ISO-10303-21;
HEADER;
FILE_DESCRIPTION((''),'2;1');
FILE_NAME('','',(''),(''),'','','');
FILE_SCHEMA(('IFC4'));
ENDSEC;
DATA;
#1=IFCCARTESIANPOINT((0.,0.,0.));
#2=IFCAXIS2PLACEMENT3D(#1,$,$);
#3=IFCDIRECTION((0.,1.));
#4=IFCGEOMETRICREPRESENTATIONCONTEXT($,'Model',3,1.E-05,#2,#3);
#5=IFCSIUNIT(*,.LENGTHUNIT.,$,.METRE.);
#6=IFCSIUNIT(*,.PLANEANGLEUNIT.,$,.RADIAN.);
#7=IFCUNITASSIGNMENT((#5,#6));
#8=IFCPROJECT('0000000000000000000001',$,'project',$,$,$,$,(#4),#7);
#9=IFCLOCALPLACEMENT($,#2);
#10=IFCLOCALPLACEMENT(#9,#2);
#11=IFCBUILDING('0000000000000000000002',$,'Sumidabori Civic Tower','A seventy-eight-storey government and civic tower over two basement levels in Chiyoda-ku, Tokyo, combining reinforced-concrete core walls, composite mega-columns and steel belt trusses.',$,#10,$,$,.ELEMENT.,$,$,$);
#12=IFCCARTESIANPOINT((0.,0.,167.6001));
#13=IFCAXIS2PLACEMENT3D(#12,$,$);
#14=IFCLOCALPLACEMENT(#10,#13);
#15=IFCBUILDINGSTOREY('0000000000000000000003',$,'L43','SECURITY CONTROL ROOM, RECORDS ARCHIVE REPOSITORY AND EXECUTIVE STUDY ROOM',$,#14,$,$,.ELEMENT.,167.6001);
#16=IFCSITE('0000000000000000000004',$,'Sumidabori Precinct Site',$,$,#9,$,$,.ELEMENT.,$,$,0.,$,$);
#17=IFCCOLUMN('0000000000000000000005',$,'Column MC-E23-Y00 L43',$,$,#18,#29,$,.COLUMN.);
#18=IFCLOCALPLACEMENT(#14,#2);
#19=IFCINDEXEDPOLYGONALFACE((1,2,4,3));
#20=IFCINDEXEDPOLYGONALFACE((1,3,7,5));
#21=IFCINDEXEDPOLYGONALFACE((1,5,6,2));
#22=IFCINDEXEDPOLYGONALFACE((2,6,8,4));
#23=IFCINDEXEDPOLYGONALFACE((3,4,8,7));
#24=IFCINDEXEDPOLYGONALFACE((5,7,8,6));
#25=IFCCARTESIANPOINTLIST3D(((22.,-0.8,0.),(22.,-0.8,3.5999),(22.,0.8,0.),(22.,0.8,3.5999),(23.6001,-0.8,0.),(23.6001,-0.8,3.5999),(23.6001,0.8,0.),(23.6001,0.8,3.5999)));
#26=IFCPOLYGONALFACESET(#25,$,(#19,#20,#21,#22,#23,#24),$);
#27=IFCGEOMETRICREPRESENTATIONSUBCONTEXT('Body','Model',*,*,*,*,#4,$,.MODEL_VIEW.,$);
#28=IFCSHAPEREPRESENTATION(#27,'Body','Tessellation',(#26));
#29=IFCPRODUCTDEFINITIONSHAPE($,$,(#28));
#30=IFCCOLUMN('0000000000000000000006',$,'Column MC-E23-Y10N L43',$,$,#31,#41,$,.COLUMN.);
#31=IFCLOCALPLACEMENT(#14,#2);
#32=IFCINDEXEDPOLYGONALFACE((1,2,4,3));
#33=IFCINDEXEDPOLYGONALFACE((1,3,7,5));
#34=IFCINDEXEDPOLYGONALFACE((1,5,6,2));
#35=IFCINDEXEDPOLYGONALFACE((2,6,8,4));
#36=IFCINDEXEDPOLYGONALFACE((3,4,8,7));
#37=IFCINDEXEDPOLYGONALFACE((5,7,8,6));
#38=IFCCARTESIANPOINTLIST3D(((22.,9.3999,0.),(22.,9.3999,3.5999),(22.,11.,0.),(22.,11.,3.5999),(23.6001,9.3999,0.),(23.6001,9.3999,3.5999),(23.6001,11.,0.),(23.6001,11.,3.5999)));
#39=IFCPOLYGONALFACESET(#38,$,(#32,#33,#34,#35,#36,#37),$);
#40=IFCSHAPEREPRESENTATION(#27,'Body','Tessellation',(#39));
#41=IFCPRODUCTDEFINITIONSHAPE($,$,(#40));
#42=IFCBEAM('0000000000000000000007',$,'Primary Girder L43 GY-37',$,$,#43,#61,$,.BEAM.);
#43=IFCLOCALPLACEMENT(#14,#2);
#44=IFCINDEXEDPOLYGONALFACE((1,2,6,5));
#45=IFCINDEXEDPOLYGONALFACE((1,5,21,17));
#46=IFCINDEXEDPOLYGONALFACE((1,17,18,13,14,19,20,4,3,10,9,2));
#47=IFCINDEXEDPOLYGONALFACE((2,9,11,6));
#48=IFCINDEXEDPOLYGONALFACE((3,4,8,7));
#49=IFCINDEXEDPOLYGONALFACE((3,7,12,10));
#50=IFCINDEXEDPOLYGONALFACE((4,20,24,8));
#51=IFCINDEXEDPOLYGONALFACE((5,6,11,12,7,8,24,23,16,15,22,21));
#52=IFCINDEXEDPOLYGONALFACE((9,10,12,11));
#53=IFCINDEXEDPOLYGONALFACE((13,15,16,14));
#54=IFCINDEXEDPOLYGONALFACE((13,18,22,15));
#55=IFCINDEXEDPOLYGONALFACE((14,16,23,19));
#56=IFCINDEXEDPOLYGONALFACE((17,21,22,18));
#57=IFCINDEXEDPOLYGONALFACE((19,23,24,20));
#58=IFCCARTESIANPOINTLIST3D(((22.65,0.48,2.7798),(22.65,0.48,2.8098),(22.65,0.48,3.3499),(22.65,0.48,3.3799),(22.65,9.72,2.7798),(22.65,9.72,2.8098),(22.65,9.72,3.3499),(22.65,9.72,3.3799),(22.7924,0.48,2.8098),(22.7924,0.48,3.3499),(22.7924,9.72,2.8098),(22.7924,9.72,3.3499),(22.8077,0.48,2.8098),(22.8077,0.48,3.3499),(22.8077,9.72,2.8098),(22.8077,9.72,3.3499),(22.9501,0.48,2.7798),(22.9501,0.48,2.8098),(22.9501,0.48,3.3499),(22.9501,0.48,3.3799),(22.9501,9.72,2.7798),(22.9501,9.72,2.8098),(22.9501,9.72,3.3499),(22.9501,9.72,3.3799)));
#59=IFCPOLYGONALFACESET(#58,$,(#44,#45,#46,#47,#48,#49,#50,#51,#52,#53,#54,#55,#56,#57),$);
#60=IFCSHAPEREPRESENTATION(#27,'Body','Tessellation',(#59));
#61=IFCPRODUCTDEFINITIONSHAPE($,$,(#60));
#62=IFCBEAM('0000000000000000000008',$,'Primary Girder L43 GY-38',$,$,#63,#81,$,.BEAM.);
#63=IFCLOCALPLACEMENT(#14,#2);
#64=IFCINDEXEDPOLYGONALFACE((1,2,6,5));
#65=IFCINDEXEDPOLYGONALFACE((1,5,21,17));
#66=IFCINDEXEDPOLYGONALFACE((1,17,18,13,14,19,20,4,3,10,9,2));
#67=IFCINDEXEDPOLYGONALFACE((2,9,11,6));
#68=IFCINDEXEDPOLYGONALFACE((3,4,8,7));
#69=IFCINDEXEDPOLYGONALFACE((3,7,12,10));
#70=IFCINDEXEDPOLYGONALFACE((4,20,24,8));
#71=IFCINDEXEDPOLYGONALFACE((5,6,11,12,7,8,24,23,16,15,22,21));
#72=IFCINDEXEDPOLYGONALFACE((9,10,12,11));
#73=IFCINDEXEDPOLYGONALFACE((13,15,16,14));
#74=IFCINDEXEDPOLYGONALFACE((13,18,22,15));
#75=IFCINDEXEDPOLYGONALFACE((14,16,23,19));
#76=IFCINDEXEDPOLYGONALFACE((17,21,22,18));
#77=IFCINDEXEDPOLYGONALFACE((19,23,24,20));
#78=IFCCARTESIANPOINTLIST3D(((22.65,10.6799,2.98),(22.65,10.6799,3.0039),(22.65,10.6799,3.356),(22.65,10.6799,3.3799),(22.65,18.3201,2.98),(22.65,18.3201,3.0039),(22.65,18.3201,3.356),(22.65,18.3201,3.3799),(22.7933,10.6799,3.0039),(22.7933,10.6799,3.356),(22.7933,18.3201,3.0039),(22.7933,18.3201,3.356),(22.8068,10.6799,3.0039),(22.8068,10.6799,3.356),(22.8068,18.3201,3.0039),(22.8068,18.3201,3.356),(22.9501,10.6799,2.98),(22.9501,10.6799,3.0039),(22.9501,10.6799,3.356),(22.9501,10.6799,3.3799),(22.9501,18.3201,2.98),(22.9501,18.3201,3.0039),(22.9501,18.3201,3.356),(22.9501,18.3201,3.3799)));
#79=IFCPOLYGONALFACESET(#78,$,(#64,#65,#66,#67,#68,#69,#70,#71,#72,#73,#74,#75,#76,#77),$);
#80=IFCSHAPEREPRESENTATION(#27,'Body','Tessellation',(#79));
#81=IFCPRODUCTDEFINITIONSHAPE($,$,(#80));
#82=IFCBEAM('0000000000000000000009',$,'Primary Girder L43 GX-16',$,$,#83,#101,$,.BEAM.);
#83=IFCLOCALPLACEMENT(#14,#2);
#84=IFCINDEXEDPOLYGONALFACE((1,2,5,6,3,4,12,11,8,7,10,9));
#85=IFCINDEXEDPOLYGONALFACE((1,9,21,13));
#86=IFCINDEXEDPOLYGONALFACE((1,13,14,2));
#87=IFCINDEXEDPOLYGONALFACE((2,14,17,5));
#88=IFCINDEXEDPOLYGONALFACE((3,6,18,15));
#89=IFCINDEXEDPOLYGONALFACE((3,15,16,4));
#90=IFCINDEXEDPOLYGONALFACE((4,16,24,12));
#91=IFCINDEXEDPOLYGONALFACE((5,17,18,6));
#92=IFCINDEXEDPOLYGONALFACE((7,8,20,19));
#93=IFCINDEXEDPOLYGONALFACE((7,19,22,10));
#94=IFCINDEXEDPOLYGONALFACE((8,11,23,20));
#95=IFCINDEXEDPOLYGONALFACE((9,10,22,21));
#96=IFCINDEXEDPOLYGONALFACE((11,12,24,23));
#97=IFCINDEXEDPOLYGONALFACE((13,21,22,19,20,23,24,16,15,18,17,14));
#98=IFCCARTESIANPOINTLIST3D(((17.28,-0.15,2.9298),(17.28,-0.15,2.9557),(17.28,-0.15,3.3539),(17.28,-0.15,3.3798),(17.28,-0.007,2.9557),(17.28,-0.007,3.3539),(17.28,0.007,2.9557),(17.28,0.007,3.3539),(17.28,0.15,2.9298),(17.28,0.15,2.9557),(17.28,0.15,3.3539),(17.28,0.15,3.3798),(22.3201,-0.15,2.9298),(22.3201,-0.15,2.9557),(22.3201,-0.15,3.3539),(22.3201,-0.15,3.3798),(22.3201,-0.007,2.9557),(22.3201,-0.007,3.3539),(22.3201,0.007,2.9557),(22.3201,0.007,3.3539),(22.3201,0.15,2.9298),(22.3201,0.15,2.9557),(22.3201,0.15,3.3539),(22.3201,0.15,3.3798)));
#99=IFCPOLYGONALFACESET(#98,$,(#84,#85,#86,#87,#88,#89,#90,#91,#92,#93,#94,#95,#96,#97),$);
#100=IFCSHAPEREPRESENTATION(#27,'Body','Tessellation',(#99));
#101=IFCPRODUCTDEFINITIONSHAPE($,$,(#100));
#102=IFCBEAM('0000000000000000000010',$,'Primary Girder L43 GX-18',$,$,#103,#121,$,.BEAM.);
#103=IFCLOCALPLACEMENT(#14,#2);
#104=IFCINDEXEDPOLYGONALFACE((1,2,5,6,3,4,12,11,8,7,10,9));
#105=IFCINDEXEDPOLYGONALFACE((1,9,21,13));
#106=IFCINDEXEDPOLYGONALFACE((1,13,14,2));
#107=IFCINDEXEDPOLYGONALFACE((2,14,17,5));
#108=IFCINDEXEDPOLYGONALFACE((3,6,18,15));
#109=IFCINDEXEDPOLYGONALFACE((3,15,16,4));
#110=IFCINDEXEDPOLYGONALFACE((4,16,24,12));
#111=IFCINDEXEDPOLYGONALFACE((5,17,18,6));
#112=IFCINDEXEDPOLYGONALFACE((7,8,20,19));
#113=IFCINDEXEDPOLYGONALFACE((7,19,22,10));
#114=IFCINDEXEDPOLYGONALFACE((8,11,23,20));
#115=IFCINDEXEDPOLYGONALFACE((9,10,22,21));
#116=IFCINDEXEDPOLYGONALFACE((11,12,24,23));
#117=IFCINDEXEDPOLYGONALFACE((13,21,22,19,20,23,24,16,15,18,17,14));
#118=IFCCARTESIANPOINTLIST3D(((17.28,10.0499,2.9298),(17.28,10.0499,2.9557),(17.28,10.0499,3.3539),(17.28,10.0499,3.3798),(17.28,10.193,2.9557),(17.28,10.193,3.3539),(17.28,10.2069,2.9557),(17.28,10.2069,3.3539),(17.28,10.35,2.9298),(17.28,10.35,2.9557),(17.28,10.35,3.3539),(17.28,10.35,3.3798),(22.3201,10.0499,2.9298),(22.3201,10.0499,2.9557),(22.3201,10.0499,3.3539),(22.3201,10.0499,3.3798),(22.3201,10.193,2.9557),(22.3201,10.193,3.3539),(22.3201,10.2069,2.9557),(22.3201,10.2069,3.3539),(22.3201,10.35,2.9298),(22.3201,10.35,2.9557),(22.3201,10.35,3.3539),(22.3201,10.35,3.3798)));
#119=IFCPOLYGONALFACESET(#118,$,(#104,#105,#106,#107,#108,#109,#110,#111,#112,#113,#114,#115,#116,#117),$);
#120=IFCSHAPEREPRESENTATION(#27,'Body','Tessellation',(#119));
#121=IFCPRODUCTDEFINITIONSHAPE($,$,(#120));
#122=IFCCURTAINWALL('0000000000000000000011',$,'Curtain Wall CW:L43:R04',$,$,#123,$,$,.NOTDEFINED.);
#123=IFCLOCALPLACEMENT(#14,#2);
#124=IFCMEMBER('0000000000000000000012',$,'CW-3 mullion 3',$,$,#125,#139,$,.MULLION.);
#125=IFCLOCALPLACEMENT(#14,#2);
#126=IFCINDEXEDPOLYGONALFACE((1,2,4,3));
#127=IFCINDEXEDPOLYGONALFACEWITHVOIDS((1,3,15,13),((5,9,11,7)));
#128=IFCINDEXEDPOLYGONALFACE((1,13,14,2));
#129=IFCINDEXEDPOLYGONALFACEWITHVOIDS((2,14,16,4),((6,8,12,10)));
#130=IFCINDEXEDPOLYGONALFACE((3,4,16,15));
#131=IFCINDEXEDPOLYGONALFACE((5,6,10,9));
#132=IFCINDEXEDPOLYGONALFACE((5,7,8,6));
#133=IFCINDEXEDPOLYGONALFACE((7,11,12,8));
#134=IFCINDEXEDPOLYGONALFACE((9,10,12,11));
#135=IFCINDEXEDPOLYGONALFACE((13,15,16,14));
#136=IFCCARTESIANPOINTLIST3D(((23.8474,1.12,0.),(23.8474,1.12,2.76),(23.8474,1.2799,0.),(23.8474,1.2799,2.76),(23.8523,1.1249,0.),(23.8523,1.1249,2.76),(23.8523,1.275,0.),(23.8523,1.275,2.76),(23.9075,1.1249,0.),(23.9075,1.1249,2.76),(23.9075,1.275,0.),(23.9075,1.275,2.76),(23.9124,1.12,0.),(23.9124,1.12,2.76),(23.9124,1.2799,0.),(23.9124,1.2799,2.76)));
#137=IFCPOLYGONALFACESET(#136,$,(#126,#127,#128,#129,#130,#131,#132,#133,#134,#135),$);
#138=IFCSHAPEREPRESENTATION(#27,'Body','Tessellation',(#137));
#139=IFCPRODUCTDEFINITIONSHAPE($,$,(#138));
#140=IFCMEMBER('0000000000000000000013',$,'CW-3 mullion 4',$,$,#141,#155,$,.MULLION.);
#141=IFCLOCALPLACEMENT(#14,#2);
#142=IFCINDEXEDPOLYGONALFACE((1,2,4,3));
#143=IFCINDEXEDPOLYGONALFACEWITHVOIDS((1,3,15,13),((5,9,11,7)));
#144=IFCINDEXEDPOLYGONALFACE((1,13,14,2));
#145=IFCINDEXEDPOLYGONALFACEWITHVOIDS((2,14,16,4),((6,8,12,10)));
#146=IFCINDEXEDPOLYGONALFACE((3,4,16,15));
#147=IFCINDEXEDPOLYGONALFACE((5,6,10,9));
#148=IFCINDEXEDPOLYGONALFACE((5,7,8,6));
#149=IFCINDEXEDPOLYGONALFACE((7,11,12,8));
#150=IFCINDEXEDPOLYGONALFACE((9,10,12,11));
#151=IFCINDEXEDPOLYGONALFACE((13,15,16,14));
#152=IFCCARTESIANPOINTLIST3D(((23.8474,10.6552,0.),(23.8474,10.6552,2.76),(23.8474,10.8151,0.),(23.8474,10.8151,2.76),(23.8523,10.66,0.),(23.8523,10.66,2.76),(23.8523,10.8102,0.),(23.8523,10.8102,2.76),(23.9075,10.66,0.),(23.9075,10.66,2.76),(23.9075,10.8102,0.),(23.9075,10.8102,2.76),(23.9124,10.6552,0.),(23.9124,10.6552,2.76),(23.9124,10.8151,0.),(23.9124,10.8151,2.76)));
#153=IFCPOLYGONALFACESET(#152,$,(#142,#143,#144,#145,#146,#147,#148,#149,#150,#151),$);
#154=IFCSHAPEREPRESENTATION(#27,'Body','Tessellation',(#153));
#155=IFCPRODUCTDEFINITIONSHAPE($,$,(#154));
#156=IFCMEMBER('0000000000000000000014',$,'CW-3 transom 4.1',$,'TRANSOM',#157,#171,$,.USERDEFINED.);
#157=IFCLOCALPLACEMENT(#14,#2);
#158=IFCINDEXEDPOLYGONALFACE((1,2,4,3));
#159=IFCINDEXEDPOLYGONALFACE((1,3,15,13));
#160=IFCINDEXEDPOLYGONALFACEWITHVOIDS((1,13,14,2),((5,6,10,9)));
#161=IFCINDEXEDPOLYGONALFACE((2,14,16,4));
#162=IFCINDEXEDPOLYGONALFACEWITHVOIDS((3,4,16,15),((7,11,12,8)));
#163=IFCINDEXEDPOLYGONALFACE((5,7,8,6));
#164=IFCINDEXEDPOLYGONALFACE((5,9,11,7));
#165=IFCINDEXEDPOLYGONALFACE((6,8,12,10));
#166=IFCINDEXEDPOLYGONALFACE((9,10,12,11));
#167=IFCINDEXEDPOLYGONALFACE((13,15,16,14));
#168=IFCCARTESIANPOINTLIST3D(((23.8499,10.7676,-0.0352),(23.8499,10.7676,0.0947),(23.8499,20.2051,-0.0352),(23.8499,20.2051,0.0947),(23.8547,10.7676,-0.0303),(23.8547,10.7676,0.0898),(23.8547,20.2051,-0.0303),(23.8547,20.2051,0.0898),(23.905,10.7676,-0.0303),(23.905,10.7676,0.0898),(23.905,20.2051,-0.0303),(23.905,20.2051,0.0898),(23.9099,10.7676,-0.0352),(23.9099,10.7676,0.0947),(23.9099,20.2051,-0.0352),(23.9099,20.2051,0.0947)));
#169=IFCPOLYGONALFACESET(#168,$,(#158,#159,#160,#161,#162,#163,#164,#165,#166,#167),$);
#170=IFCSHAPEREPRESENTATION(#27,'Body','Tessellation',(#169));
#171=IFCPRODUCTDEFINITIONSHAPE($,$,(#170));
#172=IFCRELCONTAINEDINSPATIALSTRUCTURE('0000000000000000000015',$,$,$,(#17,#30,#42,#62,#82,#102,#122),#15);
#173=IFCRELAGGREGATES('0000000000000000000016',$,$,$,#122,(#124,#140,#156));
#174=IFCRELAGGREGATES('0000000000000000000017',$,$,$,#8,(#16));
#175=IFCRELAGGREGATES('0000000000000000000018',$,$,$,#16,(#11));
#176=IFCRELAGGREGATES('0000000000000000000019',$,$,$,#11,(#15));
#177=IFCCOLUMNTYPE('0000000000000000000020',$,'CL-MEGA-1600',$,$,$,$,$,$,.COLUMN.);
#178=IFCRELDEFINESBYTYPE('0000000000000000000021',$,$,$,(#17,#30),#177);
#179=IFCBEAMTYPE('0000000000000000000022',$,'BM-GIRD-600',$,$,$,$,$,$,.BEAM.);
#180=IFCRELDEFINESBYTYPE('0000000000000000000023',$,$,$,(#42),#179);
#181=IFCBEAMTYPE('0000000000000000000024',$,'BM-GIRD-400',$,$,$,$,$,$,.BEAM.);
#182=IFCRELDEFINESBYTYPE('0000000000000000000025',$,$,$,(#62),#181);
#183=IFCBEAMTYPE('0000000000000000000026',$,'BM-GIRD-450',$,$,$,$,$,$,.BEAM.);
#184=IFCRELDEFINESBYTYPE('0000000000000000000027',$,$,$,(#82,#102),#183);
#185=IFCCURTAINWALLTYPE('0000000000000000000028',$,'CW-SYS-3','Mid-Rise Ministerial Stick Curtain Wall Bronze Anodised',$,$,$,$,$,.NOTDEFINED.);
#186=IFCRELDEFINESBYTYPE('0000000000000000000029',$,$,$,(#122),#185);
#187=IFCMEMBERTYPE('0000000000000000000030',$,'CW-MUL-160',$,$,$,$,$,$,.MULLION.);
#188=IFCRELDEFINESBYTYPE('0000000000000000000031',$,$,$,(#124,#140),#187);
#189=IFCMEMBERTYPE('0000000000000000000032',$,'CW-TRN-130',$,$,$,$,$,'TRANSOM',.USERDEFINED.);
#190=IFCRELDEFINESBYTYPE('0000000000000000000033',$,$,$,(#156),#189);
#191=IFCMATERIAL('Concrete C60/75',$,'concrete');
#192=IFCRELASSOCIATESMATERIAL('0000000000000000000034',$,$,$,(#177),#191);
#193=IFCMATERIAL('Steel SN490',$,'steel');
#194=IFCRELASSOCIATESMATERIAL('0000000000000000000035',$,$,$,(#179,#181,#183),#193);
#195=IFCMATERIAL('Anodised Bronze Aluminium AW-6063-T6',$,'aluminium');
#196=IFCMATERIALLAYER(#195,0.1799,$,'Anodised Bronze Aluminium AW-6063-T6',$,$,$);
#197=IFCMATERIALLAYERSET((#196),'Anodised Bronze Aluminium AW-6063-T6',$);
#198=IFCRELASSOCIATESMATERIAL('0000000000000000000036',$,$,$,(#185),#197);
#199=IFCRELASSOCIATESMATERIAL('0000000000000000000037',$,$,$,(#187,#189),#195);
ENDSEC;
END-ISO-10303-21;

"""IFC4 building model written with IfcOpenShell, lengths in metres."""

from ifc_helpers import new_model, si_unit, direction, frame, origin, origin_2d, place, context, subcontext, project, spatial, rectangle, hollow_rectangle, i_section, extrude, source, transform, mapped, material, layer, layer_set, material_profile, profile_set, type_object, element, aggregate, save


model = new_model("IFC4")

# Units and contexts
model_context = context("Model", 3, precision=1e-05, world=origin(), true_north=direction((0.0, 1.0)))
body_context = subcontext(model_context, "Body", "Model", "MODEL_VIEW")
ifc_project = project(units=[si_unit("LENGTHUNIT", "METRE"), si_unit("PLANEANGLEUNIT", "RADIAN")], contexts=[model_context])

# Site, building, storey
site_placement = place(None, origin())
site = spatial("IfcSite", under=ifc_project, at=site_placement, Name="Sumidabori Precinct Site", CompositionType="ELEMENT", RefElevation=0.0)
building_placement = place(site_placement, origin())
building = spatial("IfcBuilding", under=site, at=building_placement, Name="Sumidabori Civic Tower", Description="A seventy-eight-storey government and civic tower over two basement levels in Chiyoda-ku, Tokyo, combining reinforced-concrete core walls, composite mega-columns and steel belt trusses.", CompositionType="ELEMENT")
storey_placement = place(building_placement, frame((0.0, 0.0, 167.6001)))
storey = spatial("IfcBuildingStorey", under=building, at=storey_placement, Name="L43", Description="SECURITY CONTROL ROOM, RECORDS ARCHIVE REPOSITORY AND EXECUTIVE STUDY ROOM", CompositionType="ELEMENT", Elevation=167.6001)

# Columns
ifc_material_1 = material(Name="Concrete C60/75", Category="concrete")
ifc_material_profile_1 = material_profile(ifc_material_1, rectangle(XDim=1.6001, YDim=1.6001, at=origin_2d()), Name="RC 1600x1600")
ifc_profile_set_1 = profile_set([ifc_material_profile_1], Name="Concrete C60/75")
column_type = type_object("IfcColumnType", Name="CL-MEGA-1600", PredefinedType="COLUMN", material=ifc_profile_set_1)
shared_shape_1 = source(origin(), body_context, "Body", "SweptSolid", [
    extrude(rectangle(XDim=1.6001, YDim=1.6001, at=origin_2d()), origin(), (0.0, 0.0, 1.0), 3.5999),
])
for number, where, z_axis, x_axis, name in (
    (1, (22.8, 0.0, 0.0), (0.0, 0.0, 1.0), (1.0, 0.0, 0.0), "Column MC-E23-Y00 L43"),
    (2, (22.8, 10.2, 0.0), (0.0, 0.0, 1.0), (1.0, 0.0, 0.0), "Column MC-E23-Y10N L43"),
):
    element("IfcColumn", number, at=place(storey_placement, frame(where, z_axis=z_axis, x_axis=x_axis)), inside=storey, type_object=column_type, Name=name, PredefinedType="COLUMN", context=body_context, shape_type="MappedRepresentation", body=[
        mapped(shared_shape_1, transform((0.0, 0.0, 0.0), x_axis=(1.0, 0.0, 0.0), y_axis=(0.0, 1.0, 0.0), z_axis=(0.0, 0.0, 1.0), scale=1.0)),
    ])

# Beams
ifc_material_2 = material(Name="Steel SN490", Category="steel")
ifc_material_profile_2 = material_profile(ifc_material_2, i_section(OverallWidth=0.3, OverallDepth=0.6001, WebThickness=0.0154, FlangeThickness=0.03, at=origin_2d()), Name="HE 600 B")
ifc_profile_set_2 = profile_set([ifc_material_profile_2], Name="Steel SN490")
beam_type_1 = type_object("IfcBeamType", Name="BM-GIRD-600", PredefinedType="BEAM", material=ifc_profile_set_2)
shared_shape_2 = source(origin(), body_context, "Body", "SweptSolid", [
    extrude(i_section(OverallWidth=0.3, OverallDepth=0.6001, WebThickness=0.0154, FlangeThickness=0.03, at=origin_2d()), origin(), (0.0, 0.0, 1.0), 9.24),
])
beam_1_placement = place(storey_placement, frame((22.8, 0.48, 3.0798), z_axis=(0.0, 1.0, 0.0), x_axis=(-1.0, 0.0, 0.0)))
element("IfcBeam", 3, at=beam_1_placement, inside=storey, type_object=beam_type_1, Name="Primary Girder L43 GY-37", PredefinedType="BEAM", context=body_context, shape_type="MappedRepresentation", body=[
    mapped(shared_shape_2, transform((0.0, 0.0, 0.0), x_axis=(1.0, 0.0, 0.0), y_axis=(0.0, 1.0, 0.0), z_axis=(0.0, 0.0, 1.0), scale=1.0)),
])
ifc_material_profile_3 = material_profile(ifc_material_2, i_section(OverallWidth=0.3, OverallDepth=0.3999, WebThickness=0.0134, FlangeThickness=0.0239, at=origin_2d()), Name="HE 400 B")
ifc_profile_set_3 = profile_set([ifc_material_profile_3], Name="Steel SN490")
beam_type_2 = type_object("IfcBeamType", Name="BM-GIRD-400", PredefinedType="BEAM", material=ifc_profile_set_3)
shared_shape_3 = source(origin(), body_context, "Body", "SweptSolid", [
    extrude(i_section(OverallWidth=0.3, OverallDepth=0.3999, WebThickness=0.0134, FlangeThickness=0.0239, at=origin_2d()), origin(), (0.0, 0.0, 1.0), 7.6401),
])
beam_2_placement = place(storey_placement, frame((22.8, 10.6799, 3.1799), z_axis=(0.0, 1.0, 0.0), x_axis=(-1.0, 0.0, 0.0)))
element("IfcBeam", 4, at=beam_2_placement, inside=storey, type_object=beam_type_2, Name="Primary Girder L43 GY-38", PredefinedType="BEAM", context=body_context, shape_type="MappedRepresentation", body=[
    mapped(shared_shape_3, transform((0.0, 0.0, 0.0), x_axis=(1.0, 0.0, 0.0), y_axis=(0.0, 1.0, 0.0), z_axis=(0.0, 0.0, 1.0), scale=1.0)),
])
ifc_material_profile_4 = material_profile(ifc_material_2, i_section(OverallWidth=0.3, OverallDepth=0.45, WebThickness=0.0139, FlangeThickness=0.0259, at=origin_2d()), Name="HE 450 B")
ifc_profile_set_4 = profile_set([ifc_material_profile_4], Name="Steel SN490")
beam_type_3 = type_object("IfcBeamType", Name="BM-GIRD-450", PredefinedType="BEAM", material=ifc_profile_set_4)
shared_shape_4 = source(origin(), body_context, "Body", "SweptSolid", [
    extrude(i_section(OverallWidth=0.3, OverallDepth=0.45, WebThickness=0.0139, FlangeThickness=0.0259, at=origin_2d()), origin(), (0.0, 0.0, 1.0), 5.04),
])
for number, where, z_axis, x_axis, name in (
    (5, (17.28, 0.0, 3.1548), (1.0, 0.0, 0.0), (0.0, 1.0, 0.0), "Primary Girder L43 GX-16"),
    (6, (17.28, 10.2, 3.1548), (1.0, 0.0, 0.0), (0.0, 1.0, 0.0), "Primary Girder L43 GX-18"),
):
    element("IfcBeam", number, at=place(storey_placement, frame(where, z_axis=z_axis, x_axis=x_axis)), inside=storey, type_object=beam_type_3, Name=name, PredefinedType="BEAM", context=body_context, shape_type="MappedRepresentation", body=[
        mapped(shared_shape_4, transform((0.0, 0.0, 0.0), x_axis=(1.0, 0.0, 0.0), y_axis=(0.0, 1.0, 0.0), z_axis=(0.0, 0.0, 1.0), scale=1.0)),
    ])

# Curtain wall, members
ifc_material_3 = material(Name="Anodised Bronze Aluminium AW-6063-T6", Category="aluminium")
ifc_layer_1 = layer(ifc_material_3, 0.1799, Name="Anodised Bronze Aluminium AW-6063-T6")
ifc_layer_set_1 = layer_set([ifc_layer_1], Name="Anodised Bronze Aluminium AW-6063-T6")
curtain_wall_type = type_object("IfcCurtainWallType", Name="CW-SYS-3", Description="Mid-Rise Ministerial Stick Curtain Wall Bronze Anodised", PredefinedType="NOTDEFINED", material=ifc_layer_set_1)
curtain_wall_placement = place(storey_placement, origin())
curtain_wall = element("IfcCurtainWall", 7, at=curtain_wall_placement, inside=storey, type_object=curtain_wall_type, Name="Curtain Wall CW:L43:R04", PredefinedType="NOTDEFINED")
ifc_material_profile_5 = material_profile(ifc_material_3, hollow_rectangle(XDim=0.0649, YDim=0.1599, WallThickness=0.0049, at=origin_2d()), Name="ALU MULLION 160x65")
ifc_profile_set_5 = profile_set([ifc_material_profile_5], Name="Anodised Bronze Aluminium AW-6063-T6")
member_type_1 = type_object("IfcMemberType", Name="CW-MUL-160", PredefinedType="MULLION", material=ifc_profile_set_5)
shared_shape_5 = source(origin(), body_context, "Body", "SweptSolid", [
    extrude(hollow_rectangle(XDim=0.0649, YDim=0.1599, WallThickness=0.0049, at=origin_2d()), origin(), (0.0, 0.0, 1.0), 2.76),
])
member_1_placement = place(storey_placement, frame((23.8799, 1.2, 0.0), z_axis=(0.0, 0.0, 1.0), x_axis=(-1.0, 0.0, 0.0)))
member_1 = element("IfcMember", 8, at=member_1_placement, type_object=member_type_1, Name="CW-3 mullion 3", PredefinedType="MULLION", context=body_context, shape_type="MappedRepresentation", body=[
    mapped(shared_shape_5, transform((0.0, 0.0, 0.0), x_axis=(1.0, 0.0, 0.0), y_axis=(0.0, 1.0, 0.0), z_axis=(0.0, 0.0, 1.0), scale=1.0)),
])
member_2_placement = place(storey_placement, frame((23.8799, 10.7351, 0.0), z_axis=(0.0, 0.0, 1.0), x_axis=(-1.0, 0.0, 0.0)))
member_2 = element("IfcMember", 9, at=member_2_placement, type_object=member_type_1, Name="CW-3 mullion 4", PredefinedType="MULLION", context=body_context, shape_type="MappedRepresentation", body=[
    mapped(shared_shape_5, transform((0.0, 0.0, 0.0), x_axis=(1.0, 0.0, 0.0), y_axis=(0.0, 1.0, 0.0), z_axis=(0.0, 0.0, 1.0), scale=1.0)),
])
ifc_material_profile_6 = material_profile(ifc_material_3, hollow_rectangle(XDim=0.0601, YDim=0.1299, WallThickness=0.0049, at=origin_2d()), Name="ALU TRANSOM 130x60")
ifc_profile_set_6 = profile_set([ifc_material_profile_6], Name="Anodised Bronze Aluminium AW-6063-T6")
member_type_2 = type_object("IfcMemberType", Name="CW-TRN-130", ElementType="TRANSOM", PredefinedType="USERDEFINED", material=ifc_profile_set_6)
shared_shape_6 = source(origin(), body_context, "Body", "SweptSolid", [
    extrude(hollow_rectangle(XDim=0.0601, YDim=0.1299, WallThickness=0.0049, at=origin_2d()), origin(), (0.0, 0.0, 1.0), 9.4375),
])
member_3_placement = place(storey_placement, frame((23.8799, 10.7676, 0.0298), z_axis=(0.0, 1.0, 0.0), x_axis=(-1.0, 0.0, 0.0)))
member_3 = element("IfcMember", 10, at=member_3_placement, type_object=member_type_2, Name="CW-3 transom 4.1", ObjectType="TRANSOM", PredefinedType="USERDEFINED", context=body_context, shape_type="MappedRepresentation", body=[
    mapped(shared_shape_6, transform((0.0, 0.0, 0.0), x_axis=(1.0, 0.0, 0.0), y_axis=(0.0, 1.0, 0.0), z_axis=(0.0, 0.0, 1.0), scale=1.0)),
])
aggregate(curtain_wall, [member_1, member_2, member_3])

save(model, "model.ifc")
